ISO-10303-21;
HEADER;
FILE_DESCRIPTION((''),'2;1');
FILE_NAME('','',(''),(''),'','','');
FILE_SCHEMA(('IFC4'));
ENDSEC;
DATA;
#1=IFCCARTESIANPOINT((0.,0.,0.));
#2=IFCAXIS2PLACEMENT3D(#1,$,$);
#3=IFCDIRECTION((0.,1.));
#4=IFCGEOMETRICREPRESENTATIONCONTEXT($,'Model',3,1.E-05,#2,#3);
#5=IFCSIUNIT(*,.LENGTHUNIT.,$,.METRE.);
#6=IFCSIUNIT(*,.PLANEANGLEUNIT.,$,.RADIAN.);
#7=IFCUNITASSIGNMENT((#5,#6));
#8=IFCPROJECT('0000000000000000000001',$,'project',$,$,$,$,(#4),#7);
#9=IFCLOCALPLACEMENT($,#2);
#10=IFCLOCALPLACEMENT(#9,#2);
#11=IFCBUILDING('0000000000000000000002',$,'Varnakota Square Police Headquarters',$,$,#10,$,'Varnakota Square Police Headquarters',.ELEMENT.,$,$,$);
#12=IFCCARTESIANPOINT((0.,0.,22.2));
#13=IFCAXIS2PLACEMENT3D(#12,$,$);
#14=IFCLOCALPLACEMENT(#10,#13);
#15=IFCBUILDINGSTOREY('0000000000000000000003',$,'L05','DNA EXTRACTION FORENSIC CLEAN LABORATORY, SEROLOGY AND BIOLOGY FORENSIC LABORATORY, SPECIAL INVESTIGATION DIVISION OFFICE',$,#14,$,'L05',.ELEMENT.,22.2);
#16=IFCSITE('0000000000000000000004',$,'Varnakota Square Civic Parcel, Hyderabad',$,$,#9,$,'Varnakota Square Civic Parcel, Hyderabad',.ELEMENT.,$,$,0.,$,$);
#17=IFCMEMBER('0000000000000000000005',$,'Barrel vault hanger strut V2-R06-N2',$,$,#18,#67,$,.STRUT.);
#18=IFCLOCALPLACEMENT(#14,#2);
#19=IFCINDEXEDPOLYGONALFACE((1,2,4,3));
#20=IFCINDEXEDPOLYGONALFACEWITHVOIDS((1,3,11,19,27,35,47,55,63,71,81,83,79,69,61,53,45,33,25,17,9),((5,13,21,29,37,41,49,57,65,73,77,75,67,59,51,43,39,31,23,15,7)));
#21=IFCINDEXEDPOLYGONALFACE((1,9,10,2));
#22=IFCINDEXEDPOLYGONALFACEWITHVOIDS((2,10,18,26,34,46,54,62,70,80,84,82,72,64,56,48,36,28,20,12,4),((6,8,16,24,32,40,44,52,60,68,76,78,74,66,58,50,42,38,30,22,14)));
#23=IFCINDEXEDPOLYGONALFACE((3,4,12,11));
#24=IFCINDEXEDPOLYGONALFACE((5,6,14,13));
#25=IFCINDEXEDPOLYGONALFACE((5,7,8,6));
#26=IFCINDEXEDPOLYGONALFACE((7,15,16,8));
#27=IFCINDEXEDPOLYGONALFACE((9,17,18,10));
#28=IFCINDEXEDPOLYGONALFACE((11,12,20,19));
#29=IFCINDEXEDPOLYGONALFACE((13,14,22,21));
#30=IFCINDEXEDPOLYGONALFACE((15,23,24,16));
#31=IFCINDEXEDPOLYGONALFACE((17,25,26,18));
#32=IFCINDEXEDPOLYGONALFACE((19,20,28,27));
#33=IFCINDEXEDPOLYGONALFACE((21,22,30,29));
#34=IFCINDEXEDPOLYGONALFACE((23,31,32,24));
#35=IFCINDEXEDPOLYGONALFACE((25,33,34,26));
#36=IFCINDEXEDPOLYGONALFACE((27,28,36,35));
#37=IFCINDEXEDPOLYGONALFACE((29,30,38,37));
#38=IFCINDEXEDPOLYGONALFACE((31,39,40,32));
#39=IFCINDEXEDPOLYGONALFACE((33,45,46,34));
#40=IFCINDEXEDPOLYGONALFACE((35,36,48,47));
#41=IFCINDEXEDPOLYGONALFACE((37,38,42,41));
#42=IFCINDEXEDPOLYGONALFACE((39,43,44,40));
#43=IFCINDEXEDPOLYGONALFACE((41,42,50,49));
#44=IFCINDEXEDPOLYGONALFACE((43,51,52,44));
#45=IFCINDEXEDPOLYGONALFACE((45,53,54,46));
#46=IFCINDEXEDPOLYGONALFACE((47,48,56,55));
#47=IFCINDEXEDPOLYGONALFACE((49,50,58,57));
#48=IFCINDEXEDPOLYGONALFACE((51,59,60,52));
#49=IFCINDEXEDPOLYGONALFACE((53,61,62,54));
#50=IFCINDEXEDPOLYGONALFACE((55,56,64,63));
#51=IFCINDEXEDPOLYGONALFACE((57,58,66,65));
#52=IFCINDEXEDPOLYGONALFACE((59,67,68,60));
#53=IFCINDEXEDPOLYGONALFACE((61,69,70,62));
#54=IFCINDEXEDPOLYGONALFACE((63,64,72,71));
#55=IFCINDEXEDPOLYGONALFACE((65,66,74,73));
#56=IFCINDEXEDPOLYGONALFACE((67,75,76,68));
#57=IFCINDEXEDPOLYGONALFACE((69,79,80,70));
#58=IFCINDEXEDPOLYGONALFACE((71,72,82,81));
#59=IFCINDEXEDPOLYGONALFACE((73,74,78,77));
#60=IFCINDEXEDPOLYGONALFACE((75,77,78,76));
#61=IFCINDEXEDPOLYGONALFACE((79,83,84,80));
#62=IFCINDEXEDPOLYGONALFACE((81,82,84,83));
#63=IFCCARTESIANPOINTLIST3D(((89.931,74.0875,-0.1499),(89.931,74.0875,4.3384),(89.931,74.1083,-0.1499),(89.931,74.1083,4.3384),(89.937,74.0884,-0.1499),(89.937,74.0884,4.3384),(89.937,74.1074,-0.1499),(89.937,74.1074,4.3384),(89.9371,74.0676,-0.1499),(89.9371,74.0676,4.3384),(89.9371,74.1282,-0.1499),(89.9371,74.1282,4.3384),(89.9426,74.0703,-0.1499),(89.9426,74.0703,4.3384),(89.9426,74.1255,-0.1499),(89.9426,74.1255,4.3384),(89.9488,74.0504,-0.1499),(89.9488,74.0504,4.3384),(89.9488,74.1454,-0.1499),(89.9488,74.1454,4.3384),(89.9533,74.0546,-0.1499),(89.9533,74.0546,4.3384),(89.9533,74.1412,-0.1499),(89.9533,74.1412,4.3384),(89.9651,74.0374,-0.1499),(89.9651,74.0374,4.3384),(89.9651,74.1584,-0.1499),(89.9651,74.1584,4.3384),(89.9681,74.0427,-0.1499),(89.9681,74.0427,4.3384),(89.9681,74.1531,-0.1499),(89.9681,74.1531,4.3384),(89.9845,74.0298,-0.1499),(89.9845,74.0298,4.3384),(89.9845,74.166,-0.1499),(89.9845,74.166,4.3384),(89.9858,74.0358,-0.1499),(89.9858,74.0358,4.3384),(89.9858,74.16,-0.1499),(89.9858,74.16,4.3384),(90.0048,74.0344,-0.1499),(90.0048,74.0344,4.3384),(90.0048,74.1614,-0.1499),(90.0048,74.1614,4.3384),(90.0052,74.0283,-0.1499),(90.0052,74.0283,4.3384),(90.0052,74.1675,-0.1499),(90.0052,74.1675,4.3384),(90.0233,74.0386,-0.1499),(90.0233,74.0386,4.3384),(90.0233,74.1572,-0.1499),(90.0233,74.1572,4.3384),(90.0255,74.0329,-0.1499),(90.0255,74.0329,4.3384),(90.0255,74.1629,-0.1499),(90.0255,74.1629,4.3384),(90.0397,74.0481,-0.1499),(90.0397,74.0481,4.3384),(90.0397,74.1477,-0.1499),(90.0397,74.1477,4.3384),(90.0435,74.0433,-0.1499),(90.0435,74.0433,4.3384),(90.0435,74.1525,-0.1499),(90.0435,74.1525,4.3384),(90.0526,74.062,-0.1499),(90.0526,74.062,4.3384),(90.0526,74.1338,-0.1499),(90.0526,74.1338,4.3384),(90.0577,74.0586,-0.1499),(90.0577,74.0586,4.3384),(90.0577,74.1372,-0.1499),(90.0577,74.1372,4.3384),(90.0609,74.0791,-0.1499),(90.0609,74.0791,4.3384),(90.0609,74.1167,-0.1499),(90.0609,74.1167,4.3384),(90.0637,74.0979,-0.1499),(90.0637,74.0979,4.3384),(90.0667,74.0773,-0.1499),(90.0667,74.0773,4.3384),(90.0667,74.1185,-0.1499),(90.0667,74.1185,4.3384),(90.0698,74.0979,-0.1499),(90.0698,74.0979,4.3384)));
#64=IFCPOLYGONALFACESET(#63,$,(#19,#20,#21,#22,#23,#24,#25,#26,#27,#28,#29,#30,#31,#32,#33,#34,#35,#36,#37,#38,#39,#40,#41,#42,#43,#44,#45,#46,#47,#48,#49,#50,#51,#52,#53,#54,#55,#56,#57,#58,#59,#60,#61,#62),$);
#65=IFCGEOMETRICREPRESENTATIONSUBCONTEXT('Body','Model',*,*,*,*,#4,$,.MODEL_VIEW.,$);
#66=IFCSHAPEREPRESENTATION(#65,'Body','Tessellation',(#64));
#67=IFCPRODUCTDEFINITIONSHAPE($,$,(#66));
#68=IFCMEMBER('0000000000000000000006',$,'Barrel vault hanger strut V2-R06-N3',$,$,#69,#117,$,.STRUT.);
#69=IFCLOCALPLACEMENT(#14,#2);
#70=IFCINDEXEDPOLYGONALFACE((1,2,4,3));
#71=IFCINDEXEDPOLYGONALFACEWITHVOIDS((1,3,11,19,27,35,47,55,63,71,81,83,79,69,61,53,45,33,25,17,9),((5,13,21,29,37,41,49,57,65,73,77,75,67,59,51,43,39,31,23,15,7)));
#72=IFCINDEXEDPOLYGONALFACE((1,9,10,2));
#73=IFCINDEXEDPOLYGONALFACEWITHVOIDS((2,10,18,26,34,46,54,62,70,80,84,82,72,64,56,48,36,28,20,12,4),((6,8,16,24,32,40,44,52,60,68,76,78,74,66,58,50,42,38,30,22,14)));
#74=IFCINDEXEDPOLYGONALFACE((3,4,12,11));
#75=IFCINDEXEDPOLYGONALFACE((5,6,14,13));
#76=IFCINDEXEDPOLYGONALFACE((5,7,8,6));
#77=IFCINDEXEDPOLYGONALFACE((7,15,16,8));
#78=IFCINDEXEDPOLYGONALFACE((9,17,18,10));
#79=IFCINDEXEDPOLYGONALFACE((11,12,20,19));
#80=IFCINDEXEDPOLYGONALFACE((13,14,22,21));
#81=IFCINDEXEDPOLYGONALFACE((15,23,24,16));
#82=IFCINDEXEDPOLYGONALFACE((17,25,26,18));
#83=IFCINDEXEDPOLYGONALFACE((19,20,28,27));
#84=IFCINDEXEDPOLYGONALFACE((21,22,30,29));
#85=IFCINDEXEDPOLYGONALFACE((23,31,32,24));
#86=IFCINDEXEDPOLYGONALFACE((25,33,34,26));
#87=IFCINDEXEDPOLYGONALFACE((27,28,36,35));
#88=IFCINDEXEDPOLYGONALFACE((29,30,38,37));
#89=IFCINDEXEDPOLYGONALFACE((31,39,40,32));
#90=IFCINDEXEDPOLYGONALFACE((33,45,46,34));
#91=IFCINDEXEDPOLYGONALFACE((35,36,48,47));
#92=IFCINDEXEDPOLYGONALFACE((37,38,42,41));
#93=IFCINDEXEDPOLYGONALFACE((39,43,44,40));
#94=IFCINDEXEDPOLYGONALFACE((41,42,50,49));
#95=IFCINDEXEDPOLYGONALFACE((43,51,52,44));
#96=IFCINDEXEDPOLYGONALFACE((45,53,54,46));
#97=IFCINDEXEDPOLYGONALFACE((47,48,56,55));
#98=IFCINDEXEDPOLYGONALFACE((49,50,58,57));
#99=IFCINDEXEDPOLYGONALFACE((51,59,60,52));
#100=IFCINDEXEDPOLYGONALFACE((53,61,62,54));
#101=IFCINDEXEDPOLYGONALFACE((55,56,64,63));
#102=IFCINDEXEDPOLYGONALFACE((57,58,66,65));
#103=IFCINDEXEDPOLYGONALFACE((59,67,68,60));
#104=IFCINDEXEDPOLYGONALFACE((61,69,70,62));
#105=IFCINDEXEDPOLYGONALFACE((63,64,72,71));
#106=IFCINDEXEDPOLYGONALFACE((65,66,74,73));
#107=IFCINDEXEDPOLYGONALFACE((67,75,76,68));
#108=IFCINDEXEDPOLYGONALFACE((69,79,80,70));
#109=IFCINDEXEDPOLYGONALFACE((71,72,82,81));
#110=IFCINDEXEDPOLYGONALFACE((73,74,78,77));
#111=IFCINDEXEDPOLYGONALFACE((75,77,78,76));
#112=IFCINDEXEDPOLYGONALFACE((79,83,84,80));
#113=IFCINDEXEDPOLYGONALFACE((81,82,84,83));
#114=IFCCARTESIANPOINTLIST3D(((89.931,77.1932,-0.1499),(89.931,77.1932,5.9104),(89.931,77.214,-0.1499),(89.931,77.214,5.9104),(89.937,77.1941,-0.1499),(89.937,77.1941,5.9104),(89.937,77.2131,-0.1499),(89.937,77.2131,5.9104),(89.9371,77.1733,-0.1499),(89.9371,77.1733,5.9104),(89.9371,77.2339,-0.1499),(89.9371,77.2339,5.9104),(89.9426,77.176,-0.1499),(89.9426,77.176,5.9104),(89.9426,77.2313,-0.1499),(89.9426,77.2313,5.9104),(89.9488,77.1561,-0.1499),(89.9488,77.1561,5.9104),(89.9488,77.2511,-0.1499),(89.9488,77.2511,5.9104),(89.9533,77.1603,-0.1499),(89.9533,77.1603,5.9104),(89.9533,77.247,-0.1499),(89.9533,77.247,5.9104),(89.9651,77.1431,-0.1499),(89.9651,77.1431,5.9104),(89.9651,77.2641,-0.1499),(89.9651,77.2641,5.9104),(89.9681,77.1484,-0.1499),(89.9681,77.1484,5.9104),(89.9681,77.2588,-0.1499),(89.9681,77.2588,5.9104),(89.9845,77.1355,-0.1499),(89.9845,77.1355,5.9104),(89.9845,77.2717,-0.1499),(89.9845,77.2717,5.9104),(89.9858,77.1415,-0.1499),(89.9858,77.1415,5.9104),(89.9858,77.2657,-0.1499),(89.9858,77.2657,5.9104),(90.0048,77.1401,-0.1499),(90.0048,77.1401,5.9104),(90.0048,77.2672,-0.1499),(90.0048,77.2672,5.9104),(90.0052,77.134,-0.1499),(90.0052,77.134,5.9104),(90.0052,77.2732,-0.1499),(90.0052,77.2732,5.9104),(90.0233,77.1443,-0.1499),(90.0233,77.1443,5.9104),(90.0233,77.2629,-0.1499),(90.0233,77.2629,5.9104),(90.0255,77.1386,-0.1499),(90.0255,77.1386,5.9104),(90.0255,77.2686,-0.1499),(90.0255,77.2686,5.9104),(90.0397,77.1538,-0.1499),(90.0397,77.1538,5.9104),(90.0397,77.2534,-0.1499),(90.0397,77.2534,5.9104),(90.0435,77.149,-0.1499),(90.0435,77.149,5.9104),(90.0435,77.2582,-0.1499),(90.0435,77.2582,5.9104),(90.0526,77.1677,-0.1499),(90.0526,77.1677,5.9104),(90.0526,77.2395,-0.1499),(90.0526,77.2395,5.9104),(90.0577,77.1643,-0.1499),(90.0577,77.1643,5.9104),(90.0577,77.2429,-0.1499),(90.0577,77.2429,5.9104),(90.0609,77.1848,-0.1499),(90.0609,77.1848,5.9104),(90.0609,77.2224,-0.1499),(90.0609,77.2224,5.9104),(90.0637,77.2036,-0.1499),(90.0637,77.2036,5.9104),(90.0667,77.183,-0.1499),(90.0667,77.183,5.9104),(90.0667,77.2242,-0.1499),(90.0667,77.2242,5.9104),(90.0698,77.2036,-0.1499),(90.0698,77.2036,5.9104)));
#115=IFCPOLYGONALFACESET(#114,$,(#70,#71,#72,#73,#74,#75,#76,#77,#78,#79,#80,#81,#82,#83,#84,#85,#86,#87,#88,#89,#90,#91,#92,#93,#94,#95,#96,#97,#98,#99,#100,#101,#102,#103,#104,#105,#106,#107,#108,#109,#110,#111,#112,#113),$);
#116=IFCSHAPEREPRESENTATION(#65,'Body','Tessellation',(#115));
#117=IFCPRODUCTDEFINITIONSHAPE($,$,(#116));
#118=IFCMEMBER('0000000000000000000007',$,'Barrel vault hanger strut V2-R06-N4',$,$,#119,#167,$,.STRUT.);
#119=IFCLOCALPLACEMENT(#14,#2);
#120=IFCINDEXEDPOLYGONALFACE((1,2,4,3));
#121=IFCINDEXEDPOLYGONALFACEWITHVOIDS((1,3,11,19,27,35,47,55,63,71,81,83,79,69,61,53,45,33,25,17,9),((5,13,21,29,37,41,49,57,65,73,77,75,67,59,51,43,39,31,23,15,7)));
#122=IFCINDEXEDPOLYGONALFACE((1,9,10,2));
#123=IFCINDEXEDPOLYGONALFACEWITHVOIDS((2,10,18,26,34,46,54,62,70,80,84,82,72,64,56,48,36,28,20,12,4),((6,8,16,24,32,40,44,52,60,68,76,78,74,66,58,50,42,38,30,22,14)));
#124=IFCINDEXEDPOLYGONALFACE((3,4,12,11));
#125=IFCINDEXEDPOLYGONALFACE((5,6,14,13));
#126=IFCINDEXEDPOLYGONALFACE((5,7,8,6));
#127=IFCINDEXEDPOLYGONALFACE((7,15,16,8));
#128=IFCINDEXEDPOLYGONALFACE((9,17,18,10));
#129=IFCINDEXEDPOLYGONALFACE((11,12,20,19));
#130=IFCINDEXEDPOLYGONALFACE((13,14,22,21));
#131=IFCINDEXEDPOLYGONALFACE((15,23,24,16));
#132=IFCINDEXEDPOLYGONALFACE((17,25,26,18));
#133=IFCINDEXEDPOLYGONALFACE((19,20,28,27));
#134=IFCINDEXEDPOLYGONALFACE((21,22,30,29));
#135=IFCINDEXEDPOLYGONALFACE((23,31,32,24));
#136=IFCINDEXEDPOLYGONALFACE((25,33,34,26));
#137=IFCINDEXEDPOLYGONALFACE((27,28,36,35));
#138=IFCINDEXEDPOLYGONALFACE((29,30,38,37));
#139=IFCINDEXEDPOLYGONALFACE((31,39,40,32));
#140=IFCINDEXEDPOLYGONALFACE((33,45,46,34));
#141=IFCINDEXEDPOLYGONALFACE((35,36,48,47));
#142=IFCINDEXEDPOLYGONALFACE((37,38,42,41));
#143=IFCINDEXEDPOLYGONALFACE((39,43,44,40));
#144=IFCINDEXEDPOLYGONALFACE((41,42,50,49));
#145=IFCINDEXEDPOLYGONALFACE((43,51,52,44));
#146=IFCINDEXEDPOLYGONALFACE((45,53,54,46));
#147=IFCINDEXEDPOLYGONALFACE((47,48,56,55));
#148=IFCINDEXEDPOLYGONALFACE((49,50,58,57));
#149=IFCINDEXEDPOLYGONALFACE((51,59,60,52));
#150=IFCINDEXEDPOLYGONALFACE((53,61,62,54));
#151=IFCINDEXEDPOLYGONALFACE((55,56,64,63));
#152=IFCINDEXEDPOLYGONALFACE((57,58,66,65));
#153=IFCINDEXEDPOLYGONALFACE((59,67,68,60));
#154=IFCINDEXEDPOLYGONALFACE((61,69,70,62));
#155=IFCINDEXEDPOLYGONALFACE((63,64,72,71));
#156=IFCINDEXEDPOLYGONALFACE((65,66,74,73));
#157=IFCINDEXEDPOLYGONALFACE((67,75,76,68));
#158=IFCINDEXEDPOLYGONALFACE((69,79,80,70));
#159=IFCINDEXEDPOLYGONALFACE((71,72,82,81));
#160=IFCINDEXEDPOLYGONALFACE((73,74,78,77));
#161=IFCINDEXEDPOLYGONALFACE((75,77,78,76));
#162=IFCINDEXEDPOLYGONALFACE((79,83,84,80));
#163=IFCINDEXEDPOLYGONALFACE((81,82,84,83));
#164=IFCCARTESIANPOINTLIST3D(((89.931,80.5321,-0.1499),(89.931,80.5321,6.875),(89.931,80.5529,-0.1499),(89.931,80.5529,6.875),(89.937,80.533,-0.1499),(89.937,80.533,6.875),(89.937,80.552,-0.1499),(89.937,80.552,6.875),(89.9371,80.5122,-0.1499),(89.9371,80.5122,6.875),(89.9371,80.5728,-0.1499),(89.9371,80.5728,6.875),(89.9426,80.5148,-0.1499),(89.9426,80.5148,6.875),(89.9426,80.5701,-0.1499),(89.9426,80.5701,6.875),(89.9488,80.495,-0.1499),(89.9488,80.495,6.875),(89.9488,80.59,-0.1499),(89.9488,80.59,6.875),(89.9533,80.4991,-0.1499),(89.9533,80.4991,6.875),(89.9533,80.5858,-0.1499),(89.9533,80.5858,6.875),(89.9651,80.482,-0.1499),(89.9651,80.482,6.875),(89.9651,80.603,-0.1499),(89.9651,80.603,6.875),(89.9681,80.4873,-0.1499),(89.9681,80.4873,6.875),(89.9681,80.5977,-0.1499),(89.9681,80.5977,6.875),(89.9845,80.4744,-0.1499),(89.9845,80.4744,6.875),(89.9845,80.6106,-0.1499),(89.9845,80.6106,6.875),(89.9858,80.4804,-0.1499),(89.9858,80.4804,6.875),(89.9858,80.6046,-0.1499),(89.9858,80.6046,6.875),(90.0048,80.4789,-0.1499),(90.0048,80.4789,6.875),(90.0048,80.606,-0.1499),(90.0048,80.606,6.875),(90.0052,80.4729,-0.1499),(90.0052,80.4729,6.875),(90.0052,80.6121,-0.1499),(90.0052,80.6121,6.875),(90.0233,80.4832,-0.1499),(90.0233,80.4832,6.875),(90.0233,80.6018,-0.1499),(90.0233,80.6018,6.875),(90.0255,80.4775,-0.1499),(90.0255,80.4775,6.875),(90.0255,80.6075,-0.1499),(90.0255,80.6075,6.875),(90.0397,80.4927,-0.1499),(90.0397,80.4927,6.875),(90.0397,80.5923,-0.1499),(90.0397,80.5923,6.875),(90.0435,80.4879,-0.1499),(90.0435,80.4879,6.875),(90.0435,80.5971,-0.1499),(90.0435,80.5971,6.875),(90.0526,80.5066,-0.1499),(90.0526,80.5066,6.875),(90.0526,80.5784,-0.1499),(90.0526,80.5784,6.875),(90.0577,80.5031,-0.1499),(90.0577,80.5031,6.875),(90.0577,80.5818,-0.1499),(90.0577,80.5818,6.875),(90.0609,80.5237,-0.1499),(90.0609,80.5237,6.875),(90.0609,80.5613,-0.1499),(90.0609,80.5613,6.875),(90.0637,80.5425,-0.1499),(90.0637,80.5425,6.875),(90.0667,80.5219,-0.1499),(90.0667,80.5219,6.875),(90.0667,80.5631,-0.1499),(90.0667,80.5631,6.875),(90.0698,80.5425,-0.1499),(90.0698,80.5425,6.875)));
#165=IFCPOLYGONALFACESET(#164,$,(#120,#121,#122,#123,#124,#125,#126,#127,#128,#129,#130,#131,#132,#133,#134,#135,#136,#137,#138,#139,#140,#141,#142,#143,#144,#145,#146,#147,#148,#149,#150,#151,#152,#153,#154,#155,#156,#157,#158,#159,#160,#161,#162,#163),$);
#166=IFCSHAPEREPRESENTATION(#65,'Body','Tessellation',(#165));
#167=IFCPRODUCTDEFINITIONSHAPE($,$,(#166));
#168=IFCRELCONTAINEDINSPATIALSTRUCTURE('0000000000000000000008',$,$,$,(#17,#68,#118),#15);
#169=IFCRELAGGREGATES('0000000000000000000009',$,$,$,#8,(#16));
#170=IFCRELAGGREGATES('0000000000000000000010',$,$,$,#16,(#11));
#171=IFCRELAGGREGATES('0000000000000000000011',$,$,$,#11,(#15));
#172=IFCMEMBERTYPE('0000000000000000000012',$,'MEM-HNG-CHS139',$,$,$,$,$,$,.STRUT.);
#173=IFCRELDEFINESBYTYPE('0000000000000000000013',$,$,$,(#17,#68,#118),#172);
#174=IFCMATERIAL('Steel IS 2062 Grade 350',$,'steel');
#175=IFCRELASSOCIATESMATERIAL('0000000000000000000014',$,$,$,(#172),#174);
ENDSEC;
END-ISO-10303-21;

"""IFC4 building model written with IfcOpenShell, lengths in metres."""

from ifc_helpers import new_model, si_unit, direction, frame, origin, origin_2d, place, context, subcontext, project, spatial, hollow_circle, extrude, material, material_profile, profile_set, type_object, element, save


model = new_model("IFC4")

# Units and contexts
model_context = context("Model", 3, precision=1e-05, world=origin(), true_north=direction((0.0, 1.0)))
body_context = subcontext(model_context, "Body", "Model", "MODEL_VIEW")
ifc_project = project(units=[si_unit("LENGTHUNIT", "METRE"), si_unit("PLANEANGLEUNIT", "RADIAN")], contexts=[model_context])

# Site, building, storey
site_placement = place(None, origin())
site = spatial("IfcSite", under=ifc_project, at=site_placement, Name="Varnakota Square Civic Parcel, Hyderabad", LongName="Varnakota Square Civic Parcel, Hyderabad", CompositionType="ELEMENT", RefElevation=0.0)
building_placement = place(site_placement, origin())
building = spatial("IfcBuilding", under=site, at=building_placement, Name="Varnakota Square Police Headquarters", LongName="Varnakota Square Police Headquarters", CompositionType="ELEMENT")
storey_placement = place(building_placement, frame((0.0, 0.0, 22.2)))
storey = spatial("IfcBuildingStorey", under=building, at=storey_placement, Name="L05", Description="DNA EXTRACTION FORENSIC CLEAN LABORATORY, SEROLOGY AND BIOLOGY FORENSIC LABORATORY, SPECIAL INVESTIGATION DIVISION OFFICE", LongName="L05", CompositionType="ELEMENT", Elevation=22.2)

# Shared definitions
ifc_material_1 = material(Name="Steel IS 2062 Grade 350", Category="steel")

# Members
ifc_material_profile_1 = material_profile(ifc_material_1, hollow_circle(Radius=0.0698, WallThickness=0.0061, at=origin_2d()), Name="CHS 139.7x6.0")
ifc_profile_set_1 = profile_set([ifc_material_profile_1], Name="Steel IS 2062 Grade 350")
member_type_1 = type_object("IfcMemberType", Name="MEM-HNG-CHS139", PredefinedType="STRUT", material=ifc_profile_set_1)
member_1_placement = place(storey_placement, frame((90.0, 74.0979, -0.1499), z_axis=(0.0, 0.0, 1.0), x_axis=(1.0, 0.0, 0.0)))
element("IfcMember", 1, at=member_1_placement, inside=storey, type_object=member_type_1, Name="Barrel vault hanger strut V2-R06-N2", PredefinedType="STRUT", context=body_context, shape_type="SweptSolid", body=[
    extrude(hollow_circle(Radius=0.0698, WallThickness=0.0061, at=origin_2d()), origin(), (0.0, 0.0, 1.0), 4.4883),
])
member_2_placement = place(storey_placement, frame((90.0, 77.2036, -0.1499), z_axis=(0.0, 0.0, 1.0), x_axis=(1.0, 0.0, 0.0)))
element("IfcMember", 2, at=member_2_placement, inside=storey, type_object=member_type_1, Name="Barrel vault hanger strut V2-R06-N3", PredefinedType="STRUT", context=body_context, shape_type="SweptSolid", body=[
    extrude(hollow_circle(Radius=0.0698, WallThickness=0.0061, at=origin_2d()), origin(), (0.0, 0.0, 1.0), 6.0603),
])
member_3_placement = place(storey_placement, frame((90.0, 80.5425, -0.1499), z_axis=(0.0, 0.0, 1.0), x_axis=(1.0, 0.0, 0.0)))
element("IfcMember", 3, at=member_3_placement, inside=storey, type_object=member_type_1, Name="Barrel vault hanger strut V2-R06-N4", PredefinedType="STRUT", context=body_context, shape_type="SweptSolid", body=[
    extrude(hollow_circle(Radius=0.0698, WallThickness=0.0061, at=origin_2d()), origin(), (0.0, 0.0, 1.0), 7.0249),
])

save(model, "model.ifc")
